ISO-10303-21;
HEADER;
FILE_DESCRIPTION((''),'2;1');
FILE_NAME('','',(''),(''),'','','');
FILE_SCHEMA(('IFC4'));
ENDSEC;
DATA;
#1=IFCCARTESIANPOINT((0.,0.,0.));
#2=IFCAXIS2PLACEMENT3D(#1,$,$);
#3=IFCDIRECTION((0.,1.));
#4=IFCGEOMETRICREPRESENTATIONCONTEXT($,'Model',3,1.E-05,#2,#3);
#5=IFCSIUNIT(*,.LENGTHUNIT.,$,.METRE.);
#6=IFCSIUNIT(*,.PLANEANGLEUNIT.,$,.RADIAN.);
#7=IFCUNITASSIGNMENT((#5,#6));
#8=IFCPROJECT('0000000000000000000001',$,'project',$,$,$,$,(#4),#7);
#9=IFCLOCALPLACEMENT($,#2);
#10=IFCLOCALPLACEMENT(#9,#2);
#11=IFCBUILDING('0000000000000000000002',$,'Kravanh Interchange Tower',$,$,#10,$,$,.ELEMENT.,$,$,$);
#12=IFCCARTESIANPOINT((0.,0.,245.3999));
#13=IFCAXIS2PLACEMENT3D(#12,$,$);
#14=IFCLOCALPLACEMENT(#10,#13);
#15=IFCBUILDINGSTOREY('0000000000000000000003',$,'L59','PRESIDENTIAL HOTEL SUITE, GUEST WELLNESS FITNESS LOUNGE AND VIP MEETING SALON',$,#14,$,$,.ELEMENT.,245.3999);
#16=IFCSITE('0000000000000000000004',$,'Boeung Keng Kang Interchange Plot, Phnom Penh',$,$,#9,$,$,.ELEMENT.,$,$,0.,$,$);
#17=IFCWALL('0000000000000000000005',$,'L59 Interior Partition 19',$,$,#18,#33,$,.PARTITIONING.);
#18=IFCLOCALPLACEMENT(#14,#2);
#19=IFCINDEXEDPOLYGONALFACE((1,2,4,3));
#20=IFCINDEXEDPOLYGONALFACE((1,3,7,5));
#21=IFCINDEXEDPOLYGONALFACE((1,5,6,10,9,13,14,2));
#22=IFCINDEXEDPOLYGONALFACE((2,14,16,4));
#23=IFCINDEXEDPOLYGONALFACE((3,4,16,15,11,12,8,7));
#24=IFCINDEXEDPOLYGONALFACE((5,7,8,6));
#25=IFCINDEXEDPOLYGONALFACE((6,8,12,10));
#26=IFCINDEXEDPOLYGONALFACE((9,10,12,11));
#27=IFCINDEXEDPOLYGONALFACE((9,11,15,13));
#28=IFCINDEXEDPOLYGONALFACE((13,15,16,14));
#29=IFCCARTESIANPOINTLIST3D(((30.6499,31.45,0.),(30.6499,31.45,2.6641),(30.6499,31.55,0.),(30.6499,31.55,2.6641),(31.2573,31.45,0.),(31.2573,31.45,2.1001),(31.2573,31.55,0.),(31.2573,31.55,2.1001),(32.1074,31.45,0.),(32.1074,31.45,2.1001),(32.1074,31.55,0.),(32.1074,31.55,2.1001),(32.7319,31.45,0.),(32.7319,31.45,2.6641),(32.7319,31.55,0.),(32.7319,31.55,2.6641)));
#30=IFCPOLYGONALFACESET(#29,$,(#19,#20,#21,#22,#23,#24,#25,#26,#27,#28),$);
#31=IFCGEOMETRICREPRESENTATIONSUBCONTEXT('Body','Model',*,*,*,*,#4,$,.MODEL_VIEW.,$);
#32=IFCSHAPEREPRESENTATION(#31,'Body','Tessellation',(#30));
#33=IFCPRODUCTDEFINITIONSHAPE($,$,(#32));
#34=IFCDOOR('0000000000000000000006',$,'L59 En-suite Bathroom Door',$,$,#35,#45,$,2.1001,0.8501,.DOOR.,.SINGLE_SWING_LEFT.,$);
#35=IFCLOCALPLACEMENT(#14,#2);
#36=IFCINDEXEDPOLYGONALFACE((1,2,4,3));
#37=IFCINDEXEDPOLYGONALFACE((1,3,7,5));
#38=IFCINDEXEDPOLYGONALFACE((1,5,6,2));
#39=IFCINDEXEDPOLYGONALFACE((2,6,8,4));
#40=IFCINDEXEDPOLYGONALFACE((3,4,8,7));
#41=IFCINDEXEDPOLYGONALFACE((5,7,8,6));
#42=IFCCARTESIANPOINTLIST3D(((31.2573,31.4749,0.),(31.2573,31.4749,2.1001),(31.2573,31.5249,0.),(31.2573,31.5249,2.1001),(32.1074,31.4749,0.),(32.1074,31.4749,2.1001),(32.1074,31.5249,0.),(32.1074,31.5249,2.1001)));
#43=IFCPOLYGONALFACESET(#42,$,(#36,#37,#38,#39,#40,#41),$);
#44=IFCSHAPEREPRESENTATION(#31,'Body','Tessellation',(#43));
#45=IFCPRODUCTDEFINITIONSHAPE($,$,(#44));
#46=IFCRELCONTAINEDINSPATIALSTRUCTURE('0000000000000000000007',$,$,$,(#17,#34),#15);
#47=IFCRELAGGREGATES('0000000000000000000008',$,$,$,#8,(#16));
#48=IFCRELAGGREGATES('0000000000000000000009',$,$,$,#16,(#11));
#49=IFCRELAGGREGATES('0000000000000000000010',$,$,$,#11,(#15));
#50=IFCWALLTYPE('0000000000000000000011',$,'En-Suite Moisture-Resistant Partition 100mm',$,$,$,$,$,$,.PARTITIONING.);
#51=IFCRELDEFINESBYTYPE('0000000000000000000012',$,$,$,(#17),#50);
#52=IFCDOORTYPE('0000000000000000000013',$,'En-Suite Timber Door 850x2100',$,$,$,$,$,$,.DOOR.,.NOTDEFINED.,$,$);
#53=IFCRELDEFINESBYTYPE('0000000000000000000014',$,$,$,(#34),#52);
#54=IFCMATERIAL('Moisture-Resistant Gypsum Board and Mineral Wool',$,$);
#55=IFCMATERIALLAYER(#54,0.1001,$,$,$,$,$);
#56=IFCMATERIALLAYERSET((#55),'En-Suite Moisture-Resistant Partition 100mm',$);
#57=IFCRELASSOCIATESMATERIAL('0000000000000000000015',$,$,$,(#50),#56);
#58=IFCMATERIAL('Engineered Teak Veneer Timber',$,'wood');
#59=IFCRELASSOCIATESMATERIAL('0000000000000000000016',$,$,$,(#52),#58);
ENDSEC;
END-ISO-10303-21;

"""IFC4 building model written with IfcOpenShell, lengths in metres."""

from ifc_helpers import new_model, si_unit, direction, frame, frame_2d, origin, place, context, subcontext, project, spatial, rectangle, extrude, material, layer, layer_set, type_object, element, fill, save


model = new_model("IFC4")

# Units and contexts
model_context = context("Model", 3, precision=1e-05, world=origin(), true_north=direction((0.0, 1.0)))
body_context = subcontext(model_context, "Body", "Model", "MODEL_VIEW")
ifc_project = project(units=[si_unit("LENGTHUNIT", "METRE"), si_unit("PLANEANGLEUNIT", "RADIAN")], contexts=[model_context])

# Site, building, storey
site_placement = place(None, origin())
site = spatial("IfcSite", under=ifc_project, at=site_placement, Name="Boeung Keng Kang Interchange Plot, Phnom Penh", CompositionType="ELEMENT", RefElevation=0.0)
building_placement = place(site_placement, origin())
building = spatial("IfcBuilding", under=site, at=building_placement, Name="Kravanh Interchange Tower", CompositionType="ELEMENT")
storey_placement = place(building_placement, frame((0.0, 0.0, 245.3999)))
storey = spatial("IfcBuildingStorey", under=building, at=storey_placement, Name="L59", Description="PRESIDENTIAL HOTEL SUITE, GUEST WELLNESS FITNESS LOUNGE AND VIP MEETING SALON", CompositionType="ELEMENT", Elevation=245.3999)

# Shared definitions
ifc_material_1 = material(Name="Moisture-Resistant Gypsum Board and Mineral Wool")
ifc_layer_1 = layer(ifc_material_1, 0.1001)
ifc_layer_set_1 = layer_set([ifc_layer_1], Name="En-Suite Moisture-Resistant Partition 100mm")
wall_type_1 = type_object("IfcWallType", Name="En-Suite Moisture-Resistant Partition 100mm", PredefinedType="PARTITIONING", material=ifc_layer_set_1)

# Wall, opening, door
wall_1_placement = place(storey_placement, frame((30.6499, 31.5, 0.0), z_axis=(0.0, 0.0, 1.0), x_axis=(1.0, 0.0, 0.0)))
wall_1 = element("IfcWall", 1, at=wall_1_placement, inside=storey, type_object=wall_type_1, Name="L59 Interior Partition 19", PredefinedType="PARTITIONING", context=body_context, shape_type="SweptSolid", body=[
    extrude(rectangle(XDim=2.082, YDim=0.1001, at=frame_2d((1.041, 0.0))), origin(), (0.0, 0.0, 1.0), 2.6641),
])
opening_placement = place(wall_1_placement, frame((0.6074, 0.0, 0.0)))
opening = element("IfcOpeningElement", 2, at=opening_placement, cuts=wall_1, PredefinedType="OPENING", context=body_context, shape_type="SweptSolid", body=[
    extrude(rectangle(XDim=0.8501, YDim=2.1001, at=frame_2d((0.425, 1.05))), frame((0.0, 0.0601, 0.0), z_axis=(0.0, -1.0, 0.0), x_axis=(1.0, 0.0, 0.0)), (0.0, 0.0, 1.0), 0.1201),
])
ifc_material_2 = material(Name="Engineered Teak Veneer Timber", Category="wood")
door_type = type_object("IfcDoorType", Name="En-Suite Timber Door 850x2100", OperationType="NOTDEFINED", PredefinedType="DOOR", material=ifc_material_2)
door_placement = place(opening_placement, origin())
door = element("IfcDoor", 3, at=door_placement, inside=storey, type_object=door_type, Name="L59 En-suite Bathroom Door", OperationType="SINGLE_SWING_LEFT", OverallHeight=2.1001, OverallWidth=0.8501, PredefinedType="DOOR", context=body_context, shape_type="SweptSolid", body=[
    extrude(rectangle(XDim=0.8501, YDim=2.1001, at=frame_2d((0.425, 1.05))), frame((0.0, 0.0249, 0.0), z_axis=(0.0, -1.0, 0.0), x_axis=(1.0, 0.0, 0.0)), (0.0, 0.0, 1.0), 0.05),
])
fill(opening, door)

save(model, "model.ifc")
